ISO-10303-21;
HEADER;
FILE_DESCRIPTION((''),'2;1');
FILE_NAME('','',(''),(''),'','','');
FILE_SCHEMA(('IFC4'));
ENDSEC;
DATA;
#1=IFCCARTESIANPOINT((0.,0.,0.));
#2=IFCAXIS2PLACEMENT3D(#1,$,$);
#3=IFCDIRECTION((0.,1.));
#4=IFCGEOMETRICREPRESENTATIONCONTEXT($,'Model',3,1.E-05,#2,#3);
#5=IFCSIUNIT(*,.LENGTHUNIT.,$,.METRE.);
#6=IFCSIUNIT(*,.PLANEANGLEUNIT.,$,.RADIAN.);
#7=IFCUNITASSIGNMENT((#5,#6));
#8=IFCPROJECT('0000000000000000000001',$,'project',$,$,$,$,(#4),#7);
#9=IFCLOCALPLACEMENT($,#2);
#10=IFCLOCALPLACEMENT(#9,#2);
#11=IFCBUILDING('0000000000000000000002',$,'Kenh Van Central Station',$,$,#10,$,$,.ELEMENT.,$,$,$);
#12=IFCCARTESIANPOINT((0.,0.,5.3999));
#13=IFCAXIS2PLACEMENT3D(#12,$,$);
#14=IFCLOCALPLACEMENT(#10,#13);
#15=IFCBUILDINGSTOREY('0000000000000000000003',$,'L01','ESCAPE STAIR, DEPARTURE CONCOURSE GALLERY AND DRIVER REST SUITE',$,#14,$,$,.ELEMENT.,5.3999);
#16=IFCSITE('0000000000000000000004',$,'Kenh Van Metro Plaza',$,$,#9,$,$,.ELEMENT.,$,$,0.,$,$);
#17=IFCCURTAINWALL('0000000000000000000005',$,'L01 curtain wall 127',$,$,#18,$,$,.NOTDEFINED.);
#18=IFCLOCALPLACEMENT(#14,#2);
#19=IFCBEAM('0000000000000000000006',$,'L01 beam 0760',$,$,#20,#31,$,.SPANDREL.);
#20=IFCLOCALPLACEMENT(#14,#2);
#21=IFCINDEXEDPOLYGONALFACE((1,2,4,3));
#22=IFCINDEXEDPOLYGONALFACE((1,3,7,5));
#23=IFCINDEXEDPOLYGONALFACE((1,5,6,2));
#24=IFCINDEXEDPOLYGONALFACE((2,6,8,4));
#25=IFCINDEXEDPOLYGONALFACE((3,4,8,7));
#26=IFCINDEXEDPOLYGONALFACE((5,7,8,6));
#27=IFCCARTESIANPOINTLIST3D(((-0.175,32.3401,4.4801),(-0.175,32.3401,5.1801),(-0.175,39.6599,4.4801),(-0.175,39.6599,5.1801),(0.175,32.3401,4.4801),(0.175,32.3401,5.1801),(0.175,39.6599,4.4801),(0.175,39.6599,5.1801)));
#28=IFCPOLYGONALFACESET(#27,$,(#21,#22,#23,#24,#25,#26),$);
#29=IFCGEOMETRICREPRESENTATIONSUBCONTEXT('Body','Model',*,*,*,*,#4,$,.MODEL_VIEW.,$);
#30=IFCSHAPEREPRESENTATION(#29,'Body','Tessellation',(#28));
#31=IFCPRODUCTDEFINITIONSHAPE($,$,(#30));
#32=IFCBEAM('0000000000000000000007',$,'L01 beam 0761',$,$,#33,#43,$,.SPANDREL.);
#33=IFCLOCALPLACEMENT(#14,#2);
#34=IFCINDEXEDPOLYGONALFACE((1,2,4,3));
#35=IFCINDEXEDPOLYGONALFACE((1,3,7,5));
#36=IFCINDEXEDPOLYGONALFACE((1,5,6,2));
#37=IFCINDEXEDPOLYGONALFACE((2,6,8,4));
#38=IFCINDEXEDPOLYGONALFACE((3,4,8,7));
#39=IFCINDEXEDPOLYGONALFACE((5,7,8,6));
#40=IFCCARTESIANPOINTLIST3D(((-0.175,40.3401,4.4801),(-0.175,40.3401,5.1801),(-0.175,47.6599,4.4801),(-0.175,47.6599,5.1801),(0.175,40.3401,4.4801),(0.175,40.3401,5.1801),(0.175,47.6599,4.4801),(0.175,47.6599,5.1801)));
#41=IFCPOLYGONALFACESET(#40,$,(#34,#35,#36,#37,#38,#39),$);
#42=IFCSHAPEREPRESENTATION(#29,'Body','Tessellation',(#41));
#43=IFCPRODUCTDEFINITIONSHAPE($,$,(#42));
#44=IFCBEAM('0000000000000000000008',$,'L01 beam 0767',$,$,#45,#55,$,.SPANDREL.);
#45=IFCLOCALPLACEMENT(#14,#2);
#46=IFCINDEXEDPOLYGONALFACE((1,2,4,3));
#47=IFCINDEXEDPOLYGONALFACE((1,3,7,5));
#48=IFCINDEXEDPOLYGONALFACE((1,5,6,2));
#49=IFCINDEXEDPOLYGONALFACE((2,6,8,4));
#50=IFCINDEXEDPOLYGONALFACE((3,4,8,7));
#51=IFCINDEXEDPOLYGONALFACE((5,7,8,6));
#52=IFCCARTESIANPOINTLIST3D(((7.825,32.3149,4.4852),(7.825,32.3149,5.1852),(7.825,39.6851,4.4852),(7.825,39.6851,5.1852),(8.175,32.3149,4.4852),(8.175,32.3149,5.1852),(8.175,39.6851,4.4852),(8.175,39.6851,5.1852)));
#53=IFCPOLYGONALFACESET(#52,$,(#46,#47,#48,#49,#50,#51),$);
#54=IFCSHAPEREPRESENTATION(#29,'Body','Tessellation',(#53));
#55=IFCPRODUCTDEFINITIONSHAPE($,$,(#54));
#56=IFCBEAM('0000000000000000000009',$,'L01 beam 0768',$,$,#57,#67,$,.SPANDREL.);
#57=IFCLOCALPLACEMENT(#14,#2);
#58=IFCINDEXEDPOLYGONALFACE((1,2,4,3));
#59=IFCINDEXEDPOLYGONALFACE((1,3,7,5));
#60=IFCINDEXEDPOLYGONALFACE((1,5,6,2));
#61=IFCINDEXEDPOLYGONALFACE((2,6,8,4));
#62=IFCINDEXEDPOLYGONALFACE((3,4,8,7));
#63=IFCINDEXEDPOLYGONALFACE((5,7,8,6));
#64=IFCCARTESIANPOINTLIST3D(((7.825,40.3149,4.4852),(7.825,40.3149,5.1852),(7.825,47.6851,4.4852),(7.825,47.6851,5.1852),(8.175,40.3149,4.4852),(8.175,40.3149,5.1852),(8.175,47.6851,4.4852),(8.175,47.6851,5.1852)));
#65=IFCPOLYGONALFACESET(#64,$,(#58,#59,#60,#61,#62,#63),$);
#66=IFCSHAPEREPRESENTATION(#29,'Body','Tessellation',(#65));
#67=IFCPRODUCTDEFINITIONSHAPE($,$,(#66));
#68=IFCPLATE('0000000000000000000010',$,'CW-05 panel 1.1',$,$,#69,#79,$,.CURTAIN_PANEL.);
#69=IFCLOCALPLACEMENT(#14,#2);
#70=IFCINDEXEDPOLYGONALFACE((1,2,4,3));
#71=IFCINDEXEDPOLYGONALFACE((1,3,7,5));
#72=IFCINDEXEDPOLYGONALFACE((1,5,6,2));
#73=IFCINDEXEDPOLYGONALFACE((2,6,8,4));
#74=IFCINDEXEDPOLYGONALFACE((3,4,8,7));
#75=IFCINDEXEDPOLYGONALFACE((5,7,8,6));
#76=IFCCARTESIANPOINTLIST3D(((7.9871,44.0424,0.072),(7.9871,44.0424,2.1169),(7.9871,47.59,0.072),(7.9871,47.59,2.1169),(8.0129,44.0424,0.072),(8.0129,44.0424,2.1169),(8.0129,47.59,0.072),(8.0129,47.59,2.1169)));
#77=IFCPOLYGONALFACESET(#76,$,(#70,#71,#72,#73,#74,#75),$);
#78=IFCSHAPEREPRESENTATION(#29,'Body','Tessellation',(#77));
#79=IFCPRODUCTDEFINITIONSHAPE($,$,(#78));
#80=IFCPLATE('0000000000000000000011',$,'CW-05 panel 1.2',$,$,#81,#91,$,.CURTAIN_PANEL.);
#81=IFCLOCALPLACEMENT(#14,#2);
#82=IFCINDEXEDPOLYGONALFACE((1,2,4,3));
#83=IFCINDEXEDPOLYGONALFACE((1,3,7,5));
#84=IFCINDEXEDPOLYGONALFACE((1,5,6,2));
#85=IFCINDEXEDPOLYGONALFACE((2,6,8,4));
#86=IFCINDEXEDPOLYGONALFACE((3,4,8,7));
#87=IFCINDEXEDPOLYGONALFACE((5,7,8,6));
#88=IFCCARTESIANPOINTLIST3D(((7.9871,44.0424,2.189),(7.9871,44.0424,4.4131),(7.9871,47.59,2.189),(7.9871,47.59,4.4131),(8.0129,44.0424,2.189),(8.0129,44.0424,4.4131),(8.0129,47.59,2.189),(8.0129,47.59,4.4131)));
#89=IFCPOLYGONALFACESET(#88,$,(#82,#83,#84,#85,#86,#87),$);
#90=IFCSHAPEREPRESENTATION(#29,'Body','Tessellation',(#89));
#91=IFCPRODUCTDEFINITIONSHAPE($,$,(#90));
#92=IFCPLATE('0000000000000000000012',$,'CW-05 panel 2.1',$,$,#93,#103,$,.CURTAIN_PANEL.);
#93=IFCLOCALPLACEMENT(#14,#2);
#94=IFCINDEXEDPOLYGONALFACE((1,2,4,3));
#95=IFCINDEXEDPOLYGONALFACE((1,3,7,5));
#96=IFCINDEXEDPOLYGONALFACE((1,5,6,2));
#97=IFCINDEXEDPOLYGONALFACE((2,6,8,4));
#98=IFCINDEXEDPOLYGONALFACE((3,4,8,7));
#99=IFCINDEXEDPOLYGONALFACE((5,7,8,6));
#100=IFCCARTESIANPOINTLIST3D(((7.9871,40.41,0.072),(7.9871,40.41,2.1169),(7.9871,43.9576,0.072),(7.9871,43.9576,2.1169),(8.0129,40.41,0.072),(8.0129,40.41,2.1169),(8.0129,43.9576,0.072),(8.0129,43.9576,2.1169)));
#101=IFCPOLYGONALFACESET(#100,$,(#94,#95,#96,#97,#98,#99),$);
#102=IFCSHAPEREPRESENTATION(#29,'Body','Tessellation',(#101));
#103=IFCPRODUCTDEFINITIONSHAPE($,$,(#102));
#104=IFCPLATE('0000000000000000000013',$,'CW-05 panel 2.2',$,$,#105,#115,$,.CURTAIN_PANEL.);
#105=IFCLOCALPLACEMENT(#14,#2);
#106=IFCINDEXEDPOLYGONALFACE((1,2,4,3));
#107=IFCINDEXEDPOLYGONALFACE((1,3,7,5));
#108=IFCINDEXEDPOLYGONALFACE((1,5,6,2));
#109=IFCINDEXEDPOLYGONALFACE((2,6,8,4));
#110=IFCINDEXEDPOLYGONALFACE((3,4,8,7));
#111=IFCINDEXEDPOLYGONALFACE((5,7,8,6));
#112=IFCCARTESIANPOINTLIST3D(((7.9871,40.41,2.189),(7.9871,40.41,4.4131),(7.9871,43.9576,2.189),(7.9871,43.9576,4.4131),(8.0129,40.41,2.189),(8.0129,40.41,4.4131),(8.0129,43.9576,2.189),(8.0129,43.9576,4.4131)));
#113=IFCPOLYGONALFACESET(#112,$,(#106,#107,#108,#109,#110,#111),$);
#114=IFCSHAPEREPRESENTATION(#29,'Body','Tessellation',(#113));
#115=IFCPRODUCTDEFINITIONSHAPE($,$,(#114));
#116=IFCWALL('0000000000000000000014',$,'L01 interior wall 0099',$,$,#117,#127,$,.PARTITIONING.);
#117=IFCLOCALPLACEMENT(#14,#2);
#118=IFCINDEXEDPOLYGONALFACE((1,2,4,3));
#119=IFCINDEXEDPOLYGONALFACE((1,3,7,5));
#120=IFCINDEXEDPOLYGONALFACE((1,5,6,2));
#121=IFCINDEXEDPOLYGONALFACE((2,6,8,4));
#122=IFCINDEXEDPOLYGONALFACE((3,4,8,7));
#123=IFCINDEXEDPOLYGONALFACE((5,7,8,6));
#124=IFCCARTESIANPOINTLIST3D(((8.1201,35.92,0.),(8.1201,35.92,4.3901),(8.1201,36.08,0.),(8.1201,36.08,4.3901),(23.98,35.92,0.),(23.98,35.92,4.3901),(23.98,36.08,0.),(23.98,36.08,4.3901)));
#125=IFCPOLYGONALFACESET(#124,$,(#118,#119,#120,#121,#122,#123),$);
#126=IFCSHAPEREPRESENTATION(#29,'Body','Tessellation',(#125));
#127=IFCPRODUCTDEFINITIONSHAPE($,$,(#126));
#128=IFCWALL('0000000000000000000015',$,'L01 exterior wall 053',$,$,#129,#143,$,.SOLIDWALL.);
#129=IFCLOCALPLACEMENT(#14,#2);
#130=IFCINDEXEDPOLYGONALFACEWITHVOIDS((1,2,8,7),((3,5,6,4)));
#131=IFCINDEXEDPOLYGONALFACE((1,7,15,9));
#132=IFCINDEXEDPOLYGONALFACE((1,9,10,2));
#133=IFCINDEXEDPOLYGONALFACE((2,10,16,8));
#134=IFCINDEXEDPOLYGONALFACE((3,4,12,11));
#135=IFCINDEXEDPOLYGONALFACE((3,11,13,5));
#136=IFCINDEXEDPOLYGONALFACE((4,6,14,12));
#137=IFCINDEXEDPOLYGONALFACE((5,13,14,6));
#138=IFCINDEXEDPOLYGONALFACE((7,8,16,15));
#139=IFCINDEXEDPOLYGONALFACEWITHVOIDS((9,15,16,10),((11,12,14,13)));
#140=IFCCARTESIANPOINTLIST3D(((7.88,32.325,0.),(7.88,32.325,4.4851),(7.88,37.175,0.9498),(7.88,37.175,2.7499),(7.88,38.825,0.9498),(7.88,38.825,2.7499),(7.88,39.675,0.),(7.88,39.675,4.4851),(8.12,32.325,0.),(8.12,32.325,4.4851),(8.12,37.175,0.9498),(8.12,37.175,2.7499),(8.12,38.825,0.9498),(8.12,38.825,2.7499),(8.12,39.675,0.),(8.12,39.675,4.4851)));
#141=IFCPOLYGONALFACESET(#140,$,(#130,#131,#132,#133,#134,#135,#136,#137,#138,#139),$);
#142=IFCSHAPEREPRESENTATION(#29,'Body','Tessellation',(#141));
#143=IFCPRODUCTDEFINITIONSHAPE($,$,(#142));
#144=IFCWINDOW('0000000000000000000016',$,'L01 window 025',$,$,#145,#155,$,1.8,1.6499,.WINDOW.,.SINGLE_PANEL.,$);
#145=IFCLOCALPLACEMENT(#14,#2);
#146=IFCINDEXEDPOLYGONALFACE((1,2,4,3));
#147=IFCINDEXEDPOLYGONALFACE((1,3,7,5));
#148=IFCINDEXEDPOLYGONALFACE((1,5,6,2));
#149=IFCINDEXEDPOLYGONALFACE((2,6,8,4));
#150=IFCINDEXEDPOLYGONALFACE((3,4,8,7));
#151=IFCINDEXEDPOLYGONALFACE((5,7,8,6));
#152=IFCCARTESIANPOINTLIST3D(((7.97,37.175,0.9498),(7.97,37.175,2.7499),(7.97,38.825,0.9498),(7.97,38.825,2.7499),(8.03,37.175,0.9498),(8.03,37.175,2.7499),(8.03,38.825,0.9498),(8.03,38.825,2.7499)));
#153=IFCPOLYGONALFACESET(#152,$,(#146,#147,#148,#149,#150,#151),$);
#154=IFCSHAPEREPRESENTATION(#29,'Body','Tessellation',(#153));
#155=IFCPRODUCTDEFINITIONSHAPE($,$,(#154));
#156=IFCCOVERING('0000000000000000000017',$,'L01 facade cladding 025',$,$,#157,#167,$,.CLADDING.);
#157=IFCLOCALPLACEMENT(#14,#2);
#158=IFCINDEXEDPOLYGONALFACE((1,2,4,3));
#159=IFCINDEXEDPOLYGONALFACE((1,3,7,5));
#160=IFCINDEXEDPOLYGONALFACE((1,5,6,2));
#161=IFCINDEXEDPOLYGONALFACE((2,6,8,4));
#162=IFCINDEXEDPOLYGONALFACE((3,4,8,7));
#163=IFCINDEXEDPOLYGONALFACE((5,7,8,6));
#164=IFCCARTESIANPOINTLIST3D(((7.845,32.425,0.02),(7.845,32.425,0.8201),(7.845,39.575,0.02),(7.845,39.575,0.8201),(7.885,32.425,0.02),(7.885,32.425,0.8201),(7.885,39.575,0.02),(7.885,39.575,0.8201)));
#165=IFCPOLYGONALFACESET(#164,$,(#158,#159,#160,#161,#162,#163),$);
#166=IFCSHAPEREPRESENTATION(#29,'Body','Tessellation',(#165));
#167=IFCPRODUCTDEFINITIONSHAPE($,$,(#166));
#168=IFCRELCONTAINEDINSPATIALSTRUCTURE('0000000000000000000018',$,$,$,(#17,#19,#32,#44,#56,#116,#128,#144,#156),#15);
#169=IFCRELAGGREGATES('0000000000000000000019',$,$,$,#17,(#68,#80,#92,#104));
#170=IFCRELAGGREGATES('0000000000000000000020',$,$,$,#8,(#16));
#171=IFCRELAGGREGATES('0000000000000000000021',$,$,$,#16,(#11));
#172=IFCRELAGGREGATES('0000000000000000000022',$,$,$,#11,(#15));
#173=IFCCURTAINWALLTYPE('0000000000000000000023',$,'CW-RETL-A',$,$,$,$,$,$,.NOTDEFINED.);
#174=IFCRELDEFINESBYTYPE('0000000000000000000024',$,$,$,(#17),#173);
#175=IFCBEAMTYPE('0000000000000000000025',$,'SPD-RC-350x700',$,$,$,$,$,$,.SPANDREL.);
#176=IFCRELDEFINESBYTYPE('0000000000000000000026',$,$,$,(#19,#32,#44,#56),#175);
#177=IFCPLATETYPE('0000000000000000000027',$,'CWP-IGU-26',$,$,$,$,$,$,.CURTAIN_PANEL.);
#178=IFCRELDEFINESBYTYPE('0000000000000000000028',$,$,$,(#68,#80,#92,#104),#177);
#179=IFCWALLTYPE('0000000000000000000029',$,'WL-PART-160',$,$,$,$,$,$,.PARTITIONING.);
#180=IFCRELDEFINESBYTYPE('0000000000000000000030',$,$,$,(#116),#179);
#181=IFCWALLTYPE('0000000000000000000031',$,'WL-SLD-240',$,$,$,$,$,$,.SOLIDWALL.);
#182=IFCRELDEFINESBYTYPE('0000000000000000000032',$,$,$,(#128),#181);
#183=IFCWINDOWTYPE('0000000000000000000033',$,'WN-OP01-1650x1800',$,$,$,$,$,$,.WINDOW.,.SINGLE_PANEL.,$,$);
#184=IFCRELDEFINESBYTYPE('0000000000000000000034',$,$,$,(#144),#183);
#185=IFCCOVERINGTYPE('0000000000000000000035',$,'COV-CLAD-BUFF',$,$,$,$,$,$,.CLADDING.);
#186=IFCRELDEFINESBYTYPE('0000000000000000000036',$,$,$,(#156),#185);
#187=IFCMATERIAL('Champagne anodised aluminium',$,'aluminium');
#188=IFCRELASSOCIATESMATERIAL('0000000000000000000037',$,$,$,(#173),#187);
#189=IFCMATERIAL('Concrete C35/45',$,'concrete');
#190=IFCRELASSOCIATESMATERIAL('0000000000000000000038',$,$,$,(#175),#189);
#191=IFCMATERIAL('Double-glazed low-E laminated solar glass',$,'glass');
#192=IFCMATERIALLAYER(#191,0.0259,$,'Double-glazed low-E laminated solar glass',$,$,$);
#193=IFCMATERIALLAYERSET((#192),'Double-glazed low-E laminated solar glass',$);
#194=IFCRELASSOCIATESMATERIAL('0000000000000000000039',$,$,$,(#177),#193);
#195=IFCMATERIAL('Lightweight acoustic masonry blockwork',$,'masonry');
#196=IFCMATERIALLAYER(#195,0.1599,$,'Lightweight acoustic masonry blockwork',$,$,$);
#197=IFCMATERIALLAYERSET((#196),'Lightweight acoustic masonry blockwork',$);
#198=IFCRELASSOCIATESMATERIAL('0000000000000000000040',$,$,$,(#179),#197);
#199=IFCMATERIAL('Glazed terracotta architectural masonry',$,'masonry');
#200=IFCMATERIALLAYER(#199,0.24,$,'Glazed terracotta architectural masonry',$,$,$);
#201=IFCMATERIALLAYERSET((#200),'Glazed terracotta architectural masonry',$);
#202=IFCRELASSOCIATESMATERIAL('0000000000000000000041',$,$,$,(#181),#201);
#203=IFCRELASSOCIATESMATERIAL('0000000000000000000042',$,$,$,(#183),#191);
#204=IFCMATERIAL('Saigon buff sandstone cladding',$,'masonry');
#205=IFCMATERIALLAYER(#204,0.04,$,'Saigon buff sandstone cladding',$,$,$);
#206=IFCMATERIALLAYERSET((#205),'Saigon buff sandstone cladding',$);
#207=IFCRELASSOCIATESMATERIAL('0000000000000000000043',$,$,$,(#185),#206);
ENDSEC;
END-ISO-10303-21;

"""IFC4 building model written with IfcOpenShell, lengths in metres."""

from ifc_helpers import new_model, si_unit, direction, frame, frame_2d, origin, origin_2d, place, context, subcontext, project, spatial, rectangle, extrude, material, layer, layer_set, material_profile, profile_set, type_object, element, fill, aggregate, save


model = new_model("IFC4")

# Units and contexts
model_context = context("Model", 3, precision=1e-05, world=origin(), true_north=direction((0.0, 1.0)))
body_context = subcontext(model_context, "Body", "Model", "MODEL_VIEW")
ifc_project = project(units=[si_unit("LENGTHUNIT", "METRE"), si_unit("PLANEANGLEUNIT", "RADIAN")], contexts=[model_context])

# Site, building, storey
site_placement = place(None, origin())
site = spatial("IfcSite", under=ifc_project, at=site_placement, Name="Kenh Van Metro Plaza", CompositionType="ELEMENT", RefElevation=0.0)
building_placement = place(site_placement, origin())
building = spatial("IfcBuilding", under=site, at=building_placement, Name="Kenh Van Central Station", CompositionType="ELEMENT")
storey_placement = place(building_placement, frame((0.0, 0.0, 5.3999)))
storey = spatial("IfcBuildingStorey", under=building, at=storey_placement, Name="L01", Description="ESCAPE STAIR, DEPARTURE CONCOURSE GALLERY AND DRIVER REST SUITE", CompositionType="ELEMENT", Elevation=5.3999)

# Shared definitions
ifc_material_1 = material(Name="Concrete C35/45", Category="concrete")

# Curtain wall
ifc_material_2 = material(Name="Champagne anodised aluminium", Category="aluminium")
curtain_wall_type = type_object("IfcCurtainWallType", Name="CW-RETL-A", PredefinedType="NOTDEFINED", material=ifc_material_2)
curtain_wall_placement = place(storey_placement, origin())
curtain_wall = element("IfcCurtainWall", 1, at=curtain_wall_placement, inside=storey, type_object=curtain_wall_type, Name="L01 curtain wall 127", PredefinedType="NOTDEFINED")

# Beams
ifc_material_profile_1 = material_profile(ifc_material_1, rectangle(XDim=0.3501, YDim=0.7, at=origin_2d()), Name="RC 350x700")
ifc_profile_set_1 = profile_set([ifc_material_profile_1], Name="Concrete C35/45")
beam_type_1 = type_object("IfcBeamType", Name="SPD-RC-350x700", PredefinedType="SPANDREL", material=ifc_profile_set_1)
for number, where, z_axis, x_axis, name in (
    (2, (0.0, 32.3401, 4.8301), (0.0, 1.0, 0.0), (-1.0, 0.0, 0.0), "L01 beam 0760"),
    (3, (0.0, 40.3401, 4.8301), (0.0, 1.0, 0.0), (-1.0, 0.0, 0.0), "L01 beam 0761"),
):
    element("IfcBeam", number, at=place(storey_placement, frame(where, z_axis=z_axis, x_axis=x_axis)), inside=storey, type_object=beam_type_1, Name=name, PredefinedType="SPANDREL", context=body_context, shape_type="SweptSolid", body=[
        extrude(rectangle(XDim=0.3501, YDim=0.7, at=origin_2d()), origin(), (0.0, 0.0, 1.0), 7.3198),
    ])
for number, where, z_axis, x_axis, name in (
    (4, (8.0, 32.3149, 4.8352), (0.0, 1.0, 0.0), (-1.0, 0.0, 0.0), "L01 beam 0767"),
    (5, (8.0, 40.3149, 4.8352), (0.0, 1.0, 0.0), (-1.0, 0.0, 0.0), "L01 beam 0768"),
):
    element("IfcBeam", number, at=place(storey_placement, frame(where, z_axis=z_axis, x_axis=x_axis)), inside=storey, type_object=beam_type_1, Name=name, PredefinedType="SPANDREL", context=body_context, shape_type="SweptSolid", body=[
        extrude(rectangle(XDim=0.3501, YDim=0.7, at=origin_2d()), origin(), (0.0, 0.0, 1.0), 7.3701),
    ])

# Plates
ifc_material_3 = material(Name="Double-glazed low-E laminated solar glass", Category="glass")
ifc_layer_1 = layer(ifc_material_3, 0.0259, Name="Double-glazed low-E laminated solar glass")
ifc_layer_set_1 = layer_set([ifc_layer_1], Name="Double-glazed low-E laminated solar glass")
plate_type = type_object("IfcPlateType", Name="CWP-IGU-26", PredefinedType="CURTAIN_PANEL", material=ifc_layer_set_1)
plate_1_placement = place(storey_placement, frame((8.0, 45.8162, 0.072), z_axis=(0.0, 0.0, 1.0), x_axis=(0.0, -1.0, 0.0)))
plate_1 = element("IfcPlate", 6, at=plate_1_placement, type_object=plate_type, Name="CW-05 panel 1.1", PredefinedType="CURTAIN_PANEL", context=body_context, shape_type="SweptSolid", body=[
    extrude(rectangle(XDim=3.5476, YDim=0.0259, at=origin_2d()), origin(), (0.0, 0.0, 1.0), 2.0449),
])
plate_2_placement = place(storey_placement, frame((8.0, 45.8162, 2.189), z_axis=(0.0, 0.0, 1.0), x_axis=(0.0, -1.0, 0.0)))
plate_2 = element("IfcPlate", 7, at=plate_2_placement, type_object=plate_type, Name="CW-05 panel 1.2", PredefinedType="CURTAIN_PANEL", context=body_context, shape_type="SweptSolid", body=[
    extrude(rectangle(XDim=3.5476, YDim=0.0259, at=origin_2d()), origin(), (0.0, 0.0, 1.0), 2.2241),
])
plate_3_placement = place(storey_placement, frame((8.0, 42.1838, 0.072), z_axis=(0.0, 0.0, 1.0), x_axis=(0.0, -1.0, 0.0)))
plate_3 = element("IfcPlate", 8, at=plate_3_placement, type_object=plate_type, Name="CW-05 panel 2.1", PredefinedType="CURTAIN_PANEL", context=body_context, shape_type="SweptSolid", body=[
    extrude(rectangle(XDim=3.5476, YDim=0.0259, at=origin_2d()), origin(), (0.0, 0.0, 1.0), 2.0449),
])
plate_4_placement = place(storey_placement, frame((8.0, 42.1838, 2.189), z_axis=(0.0, 0.0, 1.0), x_axis=(0.0, -1.0, 0.0)))
plate_4 = element("IfcPlate", 9, at=plate_4_placement, type_object=plate_type, Name="CW-05 panel 2.2", PredefinedType="CURTAIN_PANEL", context=body_context, shape_type="SweptSolid", body=[
    extrude(rectangle(XDim=3.5476, YDim=0.0259, at=origin_2d()), origin(), (0.0, 0.0, 1.0), 2.2241),
])
aggregate(curtain_wall, [plate_1, plate_2, plate_3, plate_4])

# Wall
ifc_material_4 = material(Name="Lightweight acoustic masonry blockwork", Category="masonry")
ifc_layer_2 = layer(ifc_material_4, 0.1599, Name="Lightweight acoustic masonry blockwork")
ifc_layer_set_2 = layer_set([ifc_layer_2], Name="Lightweight acoustic masonry blockwork")
wall_type_1 = type_object("IfcWallType", Name="WL-PART-160", PredefinedType="PARTITIONING", material=ifc_layer_set_2)
wall_1_placement = place(storey_placement, frame((8.1201, 36.0, 0.0), z_axis=(0.0, 0.0, 1.0), x_axis=(1.0, 0.0, 0.0)))
element("IfcWall", 10, at=wall_1_placement, inside=storey, type_object=wall_type_1, Name="L01 interior wall 0099", PredefinedType="PARTITIONING", context=body_context, shape_type="SweptSolid", body=[
    extrude(rectangle(XDim=15.8599, YDim=0.1599, at=frame_2d((7.9299, 0.0))), origin(), (0.0, 0.0, 1.0), 4.3901),
])

# Wall, opening, window
ifc_material_5 = material(Name="Glazed terracotta architectural masonry", Category="masonry")
ifc_layer_3 = layer(ifc_material_5, 0.24, Name="Glazed terracotta architectural masonry")
ifc_layer_set_3 = layer_set([ifc_layer_3], Name="Glazed terracotta architectural masonry")
wall_type_2 = type_object("IfcWallType", Name="WL-SLD-240", PredefinedType="SOLIDWALL", material=ifc_layer_set_3)
wall_2_placement = place(storey_placement, frame((8.0, 39.675, 0.0), z_axis=(0.0, 0.0, 1.0), x_axis=(0.0, -1.0, 0.0)))
wall_2 = element("IfcWall", 11, at=wall_2_placement, inside=storey, type_object=wall_type_2, Name="L01 exterior wall 053", PredefinedType="SOLIDWALL", context=body_context, shape_type="SweptSolid", body=[
    extrude(rectangle(XDim=7.3501, YDim=0.24, at=frame_2d((3.675, 0.0))), origin(), (0.0, 0.0, 1.0), 4.4851),
])
opening_placement = place(wall_2_placement, frame((0.8501, 0.0, 0.95)))
opening = element("IfcOpeningElement", 12, at=opening_placement, cuts=wall_2, PredefinedType="OPENING", context=body_context, shape_type="SweptSolid", body=[
    extrude(rectangle(XDim=1.6499, YDim=1.8, at=frame_2d((0.825, 0.8999))), frame((0.0, 0.1299, 0.0), z_axis=(0.0, -1.0, 0.0), x_axis=(1.0, 0.0, 0.0)), (0.0, 0.0, 1.0), 0.26),
])
window_type = type_object("IfcWindowType", Name="WN-OP01-1650x1800", PartitioningType="SINGLE_PANEL", PredefinedType="WINDOW", material=ifc_material_3)
window_placement = place(opening_placement, origin())
window = element("IfcWindow", 13, at=window_placement, inside=storey, type_object=window_type, Name="L01 window 025", OverallHeight=1.8, OverallWidth=1.6499, PartitioningType="SINGLE_PANEL", PredefinedType="WINDOW", context=body_context, shape_type="SweptSolid", body=[
    extrude(rectangle(XDim=1.6499, YDim=1.8, at=frame_2d((0.825, 0.8999))), frame((0.0, 0.03, 0.0), z_axis=(0.0, -1.0, 0.0), x_axis=(1.0, 0.0, 0.0)), (0.0, 0.0, 1.0), 0.0601),
])
fill(opening, window)

# Covering
ifc_material_6 = material(Name="Saigon buff sandstone cladding", Category="masonry")
ifc_layer_4 = layer(ifc_material_6, 0.04, Name="Saigon buff sandstone cladding")
ifc_layer_set_4 = layer_set([ifc_layer_4], Name="Saigon buff sandstone cladding")
covering_type = type_object("IfcCoveringType", Name="COV-CLAD-BUFF", PredefinedType="CLADDING", material=ifc_layer_set_4)
covering_placement = place(storey_placement, frame((7.865, 36.0, 0.02), z_axis=(0.0, 0.0, 1.0), x_axis=(0.0, -1.0, 0.0)))
element("IfcCovering", 14, at=covering_placement, inside=storey, type_object=covering_type, Name="L01 facade cladding 025", PredefinedType="CLADDING", context=body_context, shape_type="SweptSolid", body=[
    extrude(rectangle(XDim=7.1499, YDim=0.04, at=origin_2d()), origin(), (0.0, 0.0, 1.0), 0.8),
])

save(model, "model.ifc")
